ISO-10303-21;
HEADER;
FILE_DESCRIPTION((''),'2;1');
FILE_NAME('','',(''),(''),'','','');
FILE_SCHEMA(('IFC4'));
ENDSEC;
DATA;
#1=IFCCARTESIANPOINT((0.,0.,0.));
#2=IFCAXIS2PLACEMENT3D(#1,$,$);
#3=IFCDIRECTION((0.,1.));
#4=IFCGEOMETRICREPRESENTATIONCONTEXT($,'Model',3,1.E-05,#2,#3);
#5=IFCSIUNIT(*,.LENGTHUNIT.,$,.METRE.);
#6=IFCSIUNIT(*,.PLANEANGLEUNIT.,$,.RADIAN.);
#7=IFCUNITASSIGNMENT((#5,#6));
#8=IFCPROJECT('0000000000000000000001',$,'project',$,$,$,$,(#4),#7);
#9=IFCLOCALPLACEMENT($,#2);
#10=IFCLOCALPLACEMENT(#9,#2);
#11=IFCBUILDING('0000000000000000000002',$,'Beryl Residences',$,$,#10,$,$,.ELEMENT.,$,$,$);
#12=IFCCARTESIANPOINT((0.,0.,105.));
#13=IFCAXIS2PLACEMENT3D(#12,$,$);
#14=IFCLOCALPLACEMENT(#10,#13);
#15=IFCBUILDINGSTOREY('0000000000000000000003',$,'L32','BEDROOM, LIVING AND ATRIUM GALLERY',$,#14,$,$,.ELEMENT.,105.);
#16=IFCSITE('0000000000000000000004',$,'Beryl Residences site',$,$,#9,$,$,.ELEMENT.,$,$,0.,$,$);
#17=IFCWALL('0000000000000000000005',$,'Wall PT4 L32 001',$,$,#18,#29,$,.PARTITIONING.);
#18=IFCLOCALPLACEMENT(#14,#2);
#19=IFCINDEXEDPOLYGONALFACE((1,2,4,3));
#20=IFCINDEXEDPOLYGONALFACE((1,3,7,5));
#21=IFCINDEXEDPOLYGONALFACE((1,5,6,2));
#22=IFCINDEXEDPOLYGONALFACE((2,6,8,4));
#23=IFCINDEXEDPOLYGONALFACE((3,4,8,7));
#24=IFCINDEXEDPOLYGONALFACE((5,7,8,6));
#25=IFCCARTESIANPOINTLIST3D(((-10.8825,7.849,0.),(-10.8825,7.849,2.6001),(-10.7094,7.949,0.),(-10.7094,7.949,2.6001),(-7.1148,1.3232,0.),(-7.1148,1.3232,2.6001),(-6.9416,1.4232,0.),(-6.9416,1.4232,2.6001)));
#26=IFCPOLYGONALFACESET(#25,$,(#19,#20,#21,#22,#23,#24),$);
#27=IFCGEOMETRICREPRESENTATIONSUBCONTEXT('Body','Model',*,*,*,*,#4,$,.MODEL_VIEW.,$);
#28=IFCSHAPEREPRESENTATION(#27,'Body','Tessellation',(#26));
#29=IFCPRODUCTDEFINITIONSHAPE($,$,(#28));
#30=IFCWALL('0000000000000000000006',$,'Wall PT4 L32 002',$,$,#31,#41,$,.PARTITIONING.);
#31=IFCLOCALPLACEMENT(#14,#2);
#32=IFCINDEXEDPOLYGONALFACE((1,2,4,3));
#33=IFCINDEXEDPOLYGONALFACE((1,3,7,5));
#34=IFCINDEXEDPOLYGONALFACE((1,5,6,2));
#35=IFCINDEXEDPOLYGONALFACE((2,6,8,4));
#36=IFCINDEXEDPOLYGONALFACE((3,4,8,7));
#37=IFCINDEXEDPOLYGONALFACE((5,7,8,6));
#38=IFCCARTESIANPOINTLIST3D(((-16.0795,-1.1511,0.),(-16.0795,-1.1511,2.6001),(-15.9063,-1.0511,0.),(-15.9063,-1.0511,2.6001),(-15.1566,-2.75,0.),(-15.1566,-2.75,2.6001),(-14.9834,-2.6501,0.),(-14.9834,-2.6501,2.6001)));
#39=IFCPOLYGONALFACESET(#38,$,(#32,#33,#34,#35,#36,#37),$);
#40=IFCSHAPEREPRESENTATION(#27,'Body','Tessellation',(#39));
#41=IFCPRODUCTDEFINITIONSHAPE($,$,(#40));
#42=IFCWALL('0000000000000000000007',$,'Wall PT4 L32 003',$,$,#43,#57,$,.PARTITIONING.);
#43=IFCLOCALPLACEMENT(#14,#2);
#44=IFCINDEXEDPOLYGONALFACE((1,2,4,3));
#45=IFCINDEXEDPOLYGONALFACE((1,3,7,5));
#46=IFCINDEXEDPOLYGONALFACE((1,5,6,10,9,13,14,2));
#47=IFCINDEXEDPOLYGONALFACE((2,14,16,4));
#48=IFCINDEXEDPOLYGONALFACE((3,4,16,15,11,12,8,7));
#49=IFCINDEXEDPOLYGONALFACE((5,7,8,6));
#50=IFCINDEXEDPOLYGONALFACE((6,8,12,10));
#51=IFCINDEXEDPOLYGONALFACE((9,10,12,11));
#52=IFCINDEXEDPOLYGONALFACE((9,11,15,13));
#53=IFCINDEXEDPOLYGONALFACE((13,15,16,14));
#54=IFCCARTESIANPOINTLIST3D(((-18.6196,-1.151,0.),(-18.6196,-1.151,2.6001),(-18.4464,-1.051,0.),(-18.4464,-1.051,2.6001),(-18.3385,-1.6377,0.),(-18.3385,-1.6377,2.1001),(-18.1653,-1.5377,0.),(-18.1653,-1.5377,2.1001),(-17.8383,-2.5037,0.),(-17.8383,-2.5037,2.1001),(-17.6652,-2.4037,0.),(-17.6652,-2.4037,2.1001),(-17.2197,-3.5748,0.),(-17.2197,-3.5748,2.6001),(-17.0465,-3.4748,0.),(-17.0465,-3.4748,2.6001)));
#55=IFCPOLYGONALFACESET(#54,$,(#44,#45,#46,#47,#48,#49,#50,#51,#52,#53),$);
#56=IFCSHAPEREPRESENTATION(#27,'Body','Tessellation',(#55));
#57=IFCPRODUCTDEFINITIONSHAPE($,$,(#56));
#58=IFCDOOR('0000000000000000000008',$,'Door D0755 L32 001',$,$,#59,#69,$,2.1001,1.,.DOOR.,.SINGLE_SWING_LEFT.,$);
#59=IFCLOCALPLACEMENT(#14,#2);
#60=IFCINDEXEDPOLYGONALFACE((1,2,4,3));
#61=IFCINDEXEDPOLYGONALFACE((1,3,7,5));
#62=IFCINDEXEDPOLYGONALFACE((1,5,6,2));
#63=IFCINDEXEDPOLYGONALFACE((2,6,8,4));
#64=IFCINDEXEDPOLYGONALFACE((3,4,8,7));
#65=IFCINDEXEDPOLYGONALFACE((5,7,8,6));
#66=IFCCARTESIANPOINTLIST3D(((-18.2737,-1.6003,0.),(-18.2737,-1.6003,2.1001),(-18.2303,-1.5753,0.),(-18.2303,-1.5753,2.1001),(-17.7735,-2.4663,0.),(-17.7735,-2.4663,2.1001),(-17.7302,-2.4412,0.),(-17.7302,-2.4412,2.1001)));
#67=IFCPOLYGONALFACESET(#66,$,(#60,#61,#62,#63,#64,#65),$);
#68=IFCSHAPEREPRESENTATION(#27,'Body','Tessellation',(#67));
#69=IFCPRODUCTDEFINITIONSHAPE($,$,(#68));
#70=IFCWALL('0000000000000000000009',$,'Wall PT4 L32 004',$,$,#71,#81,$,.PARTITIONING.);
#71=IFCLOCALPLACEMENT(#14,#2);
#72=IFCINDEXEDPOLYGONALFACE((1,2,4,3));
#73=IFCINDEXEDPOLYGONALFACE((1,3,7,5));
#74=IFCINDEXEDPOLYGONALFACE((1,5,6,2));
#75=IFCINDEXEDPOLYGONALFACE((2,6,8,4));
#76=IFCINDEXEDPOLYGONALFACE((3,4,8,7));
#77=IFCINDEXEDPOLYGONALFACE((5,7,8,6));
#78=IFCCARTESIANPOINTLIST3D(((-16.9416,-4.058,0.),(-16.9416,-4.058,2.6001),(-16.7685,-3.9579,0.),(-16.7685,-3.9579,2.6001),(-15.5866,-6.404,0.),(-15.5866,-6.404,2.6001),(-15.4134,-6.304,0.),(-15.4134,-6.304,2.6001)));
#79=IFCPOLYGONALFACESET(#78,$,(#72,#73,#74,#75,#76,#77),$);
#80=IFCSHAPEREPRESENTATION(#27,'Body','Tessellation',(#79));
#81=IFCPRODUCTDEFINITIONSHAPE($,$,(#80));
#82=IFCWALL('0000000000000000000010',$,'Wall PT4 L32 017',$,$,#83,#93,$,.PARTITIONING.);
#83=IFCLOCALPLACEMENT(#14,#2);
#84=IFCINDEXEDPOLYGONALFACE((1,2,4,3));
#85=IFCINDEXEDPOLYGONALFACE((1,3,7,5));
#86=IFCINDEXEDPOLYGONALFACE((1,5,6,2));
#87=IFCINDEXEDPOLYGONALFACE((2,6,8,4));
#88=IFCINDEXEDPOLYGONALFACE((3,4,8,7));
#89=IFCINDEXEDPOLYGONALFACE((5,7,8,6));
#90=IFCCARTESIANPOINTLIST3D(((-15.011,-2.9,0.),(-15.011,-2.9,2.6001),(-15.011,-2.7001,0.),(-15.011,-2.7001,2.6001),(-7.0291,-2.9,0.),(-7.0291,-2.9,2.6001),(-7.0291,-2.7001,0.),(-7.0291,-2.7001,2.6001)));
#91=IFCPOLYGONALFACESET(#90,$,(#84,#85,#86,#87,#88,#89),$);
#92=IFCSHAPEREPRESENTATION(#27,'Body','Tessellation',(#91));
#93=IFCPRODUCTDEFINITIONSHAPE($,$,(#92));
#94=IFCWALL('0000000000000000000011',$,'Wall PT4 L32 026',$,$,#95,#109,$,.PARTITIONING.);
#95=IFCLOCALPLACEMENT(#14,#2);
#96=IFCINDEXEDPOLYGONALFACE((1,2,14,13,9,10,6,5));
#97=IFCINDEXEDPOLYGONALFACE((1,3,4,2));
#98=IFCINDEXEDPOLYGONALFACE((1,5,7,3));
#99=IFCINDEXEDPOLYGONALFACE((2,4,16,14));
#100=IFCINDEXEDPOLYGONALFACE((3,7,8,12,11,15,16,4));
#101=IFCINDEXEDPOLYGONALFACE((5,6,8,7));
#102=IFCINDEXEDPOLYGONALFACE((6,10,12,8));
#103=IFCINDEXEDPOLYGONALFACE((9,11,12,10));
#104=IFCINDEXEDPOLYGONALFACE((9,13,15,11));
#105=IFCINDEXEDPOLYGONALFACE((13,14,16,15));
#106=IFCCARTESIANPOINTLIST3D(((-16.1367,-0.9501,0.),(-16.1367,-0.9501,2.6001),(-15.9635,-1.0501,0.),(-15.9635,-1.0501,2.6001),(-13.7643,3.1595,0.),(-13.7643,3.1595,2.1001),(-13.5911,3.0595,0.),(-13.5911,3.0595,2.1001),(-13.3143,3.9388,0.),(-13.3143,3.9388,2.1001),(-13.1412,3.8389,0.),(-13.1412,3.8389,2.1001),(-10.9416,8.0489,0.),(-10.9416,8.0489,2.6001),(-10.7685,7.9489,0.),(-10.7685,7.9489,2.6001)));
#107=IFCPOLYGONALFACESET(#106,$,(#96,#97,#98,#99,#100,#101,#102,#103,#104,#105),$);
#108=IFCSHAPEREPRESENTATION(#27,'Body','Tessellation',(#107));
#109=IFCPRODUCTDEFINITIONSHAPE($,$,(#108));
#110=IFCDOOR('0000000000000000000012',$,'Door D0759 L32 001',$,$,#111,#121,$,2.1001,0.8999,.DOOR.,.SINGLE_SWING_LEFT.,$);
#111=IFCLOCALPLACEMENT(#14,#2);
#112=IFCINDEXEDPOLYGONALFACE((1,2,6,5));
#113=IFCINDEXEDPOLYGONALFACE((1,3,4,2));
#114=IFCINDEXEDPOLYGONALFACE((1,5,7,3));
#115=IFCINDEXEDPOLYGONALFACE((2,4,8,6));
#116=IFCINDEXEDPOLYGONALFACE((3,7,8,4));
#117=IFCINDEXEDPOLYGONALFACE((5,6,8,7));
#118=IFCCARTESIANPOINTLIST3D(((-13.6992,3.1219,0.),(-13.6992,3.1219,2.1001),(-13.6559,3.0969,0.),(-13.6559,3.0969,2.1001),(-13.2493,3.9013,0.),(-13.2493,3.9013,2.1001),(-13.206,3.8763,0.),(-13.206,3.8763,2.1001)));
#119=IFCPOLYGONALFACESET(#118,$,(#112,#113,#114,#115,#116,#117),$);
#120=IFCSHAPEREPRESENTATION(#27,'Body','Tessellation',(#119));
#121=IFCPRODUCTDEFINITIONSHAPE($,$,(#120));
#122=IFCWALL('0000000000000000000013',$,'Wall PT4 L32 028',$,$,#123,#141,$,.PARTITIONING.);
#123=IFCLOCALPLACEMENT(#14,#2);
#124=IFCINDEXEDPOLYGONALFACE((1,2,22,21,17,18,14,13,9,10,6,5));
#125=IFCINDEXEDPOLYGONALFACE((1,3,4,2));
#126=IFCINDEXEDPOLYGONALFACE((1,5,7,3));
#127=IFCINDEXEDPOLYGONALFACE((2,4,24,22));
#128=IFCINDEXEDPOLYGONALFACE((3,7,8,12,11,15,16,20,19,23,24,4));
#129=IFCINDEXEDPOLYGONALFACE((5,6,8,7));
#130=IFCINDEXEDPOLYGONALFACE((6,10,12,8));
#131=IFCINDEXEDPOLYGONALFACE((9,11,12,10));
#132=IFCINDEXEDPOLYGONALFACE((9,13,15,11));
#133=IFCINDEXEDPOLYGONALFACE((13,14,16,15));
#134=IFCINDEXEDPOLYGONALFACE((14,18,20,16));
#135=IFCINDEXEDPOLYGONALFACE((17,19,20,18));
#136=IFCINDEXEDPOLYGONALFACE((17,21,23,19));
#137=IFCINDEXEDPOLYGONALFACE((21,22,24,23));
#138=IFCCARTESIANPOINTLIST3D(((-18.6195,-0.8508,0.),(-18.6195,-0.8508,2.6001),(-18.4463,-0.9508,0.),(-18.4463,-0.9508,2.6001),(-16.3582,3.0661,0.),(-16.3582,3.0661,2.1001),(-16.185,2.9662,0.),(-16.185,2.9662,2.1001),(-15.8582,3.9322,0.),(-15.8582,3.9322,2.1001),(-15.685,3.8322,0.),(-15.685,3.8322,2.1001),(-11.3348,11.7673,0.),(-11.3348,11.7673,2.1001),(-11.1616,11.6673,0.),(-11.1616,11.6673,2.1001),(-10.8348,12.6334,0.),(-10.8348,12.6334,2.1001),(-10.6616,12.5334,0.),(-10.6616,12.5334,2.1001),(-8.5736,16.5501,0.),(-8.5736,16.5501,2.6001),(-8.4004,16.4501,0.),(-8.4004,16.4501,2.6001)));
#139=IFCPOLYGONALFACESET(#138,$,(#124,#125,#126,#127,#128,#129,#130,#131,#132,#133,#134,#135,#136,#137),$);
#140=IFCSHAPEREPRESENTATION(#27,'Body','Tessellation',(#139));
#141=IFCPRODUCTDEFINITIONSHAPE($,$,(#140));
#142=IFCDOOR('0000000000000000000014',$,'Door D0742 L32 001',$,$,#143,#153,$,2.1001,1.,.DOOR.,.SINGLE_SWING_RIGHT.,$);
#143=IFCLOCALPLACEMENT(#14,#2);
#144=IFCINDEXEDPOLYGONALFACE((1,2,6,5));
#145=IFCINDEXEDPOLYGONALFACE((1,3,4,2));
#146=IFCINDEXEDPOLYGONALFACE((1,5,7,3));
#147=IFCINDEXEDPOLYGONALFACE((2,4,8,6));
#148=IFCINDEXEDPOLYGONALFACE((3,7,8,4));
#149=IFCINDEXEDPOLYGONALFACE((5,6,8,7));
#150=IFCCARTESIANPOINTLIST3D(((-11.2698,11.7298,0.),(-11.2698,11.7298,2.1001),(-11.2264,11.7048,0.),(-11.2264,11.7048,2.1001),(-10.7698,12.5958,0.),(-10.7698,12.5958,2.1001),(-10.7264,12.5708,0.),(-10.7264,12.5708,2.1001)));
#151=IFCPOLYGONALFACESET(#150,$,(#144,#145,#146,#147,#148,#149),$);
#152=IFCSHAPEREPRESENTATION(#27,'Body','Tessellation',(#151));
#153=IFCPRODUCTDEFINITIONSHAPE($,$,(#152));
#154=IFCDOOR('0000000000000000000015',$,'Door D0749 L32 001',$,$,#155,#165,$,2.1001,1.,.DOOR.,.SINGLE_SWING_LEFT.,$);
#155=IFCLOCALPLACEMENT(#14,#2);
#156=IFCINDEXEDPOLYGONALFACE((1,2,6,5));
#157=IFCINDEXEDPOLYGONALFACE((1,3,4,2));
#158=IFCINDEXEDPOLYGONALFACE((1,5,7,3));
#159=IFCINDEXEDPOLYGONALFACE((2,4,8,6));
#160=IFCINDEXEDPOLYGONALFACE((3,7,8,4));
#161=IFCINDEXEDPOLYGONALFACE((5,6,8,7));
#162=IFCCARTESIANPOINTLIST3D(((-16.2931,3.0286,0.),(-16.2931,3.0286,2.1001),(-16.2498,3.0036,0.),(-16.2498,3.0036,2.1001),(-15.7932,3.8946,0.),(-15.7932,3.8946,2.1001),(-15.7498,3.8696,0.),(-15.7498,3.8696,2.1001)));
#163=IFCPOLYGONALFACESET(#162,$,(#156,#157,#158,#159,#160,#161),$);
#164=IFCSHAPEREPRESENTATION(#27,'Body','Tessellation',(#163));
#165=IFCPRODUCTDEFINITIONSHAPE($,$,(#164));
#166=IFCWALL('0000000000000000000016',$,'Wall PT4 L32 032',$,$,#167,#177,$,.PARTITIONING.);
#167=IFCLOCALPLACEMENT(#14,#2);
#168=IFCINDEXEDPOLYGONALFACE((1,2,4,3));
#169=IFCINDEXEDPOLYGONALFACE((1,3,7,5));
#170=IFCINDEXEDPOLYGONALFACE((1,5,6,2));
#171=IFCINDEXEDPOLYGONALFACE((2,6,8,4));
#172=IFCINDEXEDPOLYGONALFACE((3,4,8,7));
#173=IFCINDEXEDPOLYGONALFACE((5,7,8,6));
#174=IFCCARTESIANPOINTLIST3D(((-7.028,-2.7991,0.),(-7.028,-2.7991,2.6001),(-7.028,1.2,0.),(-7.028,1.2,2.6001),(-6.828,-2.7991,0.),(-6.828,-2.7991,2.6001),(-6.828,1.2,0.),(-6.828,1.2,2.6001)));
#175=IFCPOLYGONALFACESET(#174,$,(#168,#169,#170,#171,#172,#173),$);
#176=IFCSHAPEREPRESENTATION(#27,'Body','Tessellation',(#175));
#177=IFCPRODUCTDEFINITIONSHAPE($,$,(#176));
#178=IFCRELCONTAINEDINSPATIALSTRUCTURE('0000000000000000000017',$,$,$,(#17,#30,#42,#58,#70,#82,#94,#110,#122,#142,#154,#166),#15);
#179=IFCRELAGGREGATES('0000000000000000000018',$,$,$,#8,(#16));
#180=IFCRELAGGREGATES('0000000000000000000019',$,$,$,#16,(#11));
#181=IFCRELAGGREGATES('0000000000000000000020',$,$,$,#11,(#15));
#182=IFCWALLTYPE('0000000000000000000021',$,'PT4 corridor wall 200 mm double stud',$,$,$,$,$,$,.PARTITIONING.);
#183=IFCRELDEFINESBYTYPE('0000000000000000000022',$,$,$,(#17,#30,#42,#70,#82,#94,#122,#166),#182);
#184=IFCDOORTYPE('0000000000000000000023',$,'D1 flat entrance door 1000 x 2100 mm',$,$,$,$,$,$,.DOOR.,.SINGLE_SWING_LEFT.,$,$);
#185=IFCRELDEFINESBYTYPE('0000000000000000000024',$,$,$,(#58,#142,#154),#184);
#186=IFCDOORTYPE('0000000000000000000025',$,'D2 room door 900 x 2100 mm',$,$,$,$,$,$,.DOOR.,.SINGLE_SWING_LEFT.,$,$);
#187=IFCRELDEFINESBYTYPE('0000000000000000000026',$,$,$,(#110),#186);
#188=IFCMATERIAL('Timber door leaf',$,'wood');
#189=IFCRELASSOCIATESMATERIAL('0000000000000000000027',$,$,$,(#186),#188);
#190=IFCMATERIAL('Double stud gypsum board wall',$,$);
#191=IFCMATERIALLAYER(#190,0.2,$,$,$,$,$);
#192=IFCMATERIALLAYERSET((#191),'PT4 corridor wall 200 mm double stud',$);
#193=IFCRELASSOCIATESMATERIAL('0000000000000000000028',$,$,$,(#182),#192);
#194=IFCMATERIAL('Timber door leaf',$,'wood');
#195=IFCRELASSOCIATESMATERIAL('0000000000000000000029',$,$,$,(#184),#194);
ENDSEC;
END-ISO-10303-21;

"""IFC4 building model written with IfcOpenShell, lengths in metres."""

from ifc_helpers import new_model, si_unit, direction, frame, frame_2d, origin, place, context, subcontext, project, spatial, rectangle, extrude, material, layer, layer_set, type_object, element, fill, save


model = new_model("IFC4")

# Units and contexts
model_context = context("Model", 3, precision=1e-05, world=origin(), true_north=direction((0.0, 1.0)))
body_context = subcontext(model_context, "Body", "Model", "MODEL_VIEW")
ifc_project = project(units=[si_unit("LENGTHUNIT", "METRE"), si_unit("PLANEANGLEUNIT", "RADIAN")], contexts=[model_context])

# Site, building, storey
site_placement = place(None, origin())
site = spatial("IfcSite", under=ifc_project, at=site_placement, Name="Beryl Residences site", CompositionType="ELEMENT", RefElevation=0.0)
building_placement = place(site_placement, origin())
building = spatial("IfcBuilding", under=site, at=building_placement, Name="Beryl Residences", CompositionType="ELEMENT")
storey_placement = place(building_placement, frame((0.0, 0.0, 105.0)))
storey = spatial("IfcBuildingStorey", under=building, at=storey_placement, Name="L32", Description="BEDROOM, LIVING AND ATRIUM GALLERY", CompositionType="ELEMENT", Elevation=105.0)

# Shared definitions
ifc_material_1 = material(Name="Timber door leaf", Category="wood")
door_type_1 = type_object("IfcDoorType", Name="D2 room door 900 x 2100 mm", OperationType="SINGLE_SWING_LEFT", PredefinedType="DOOR", material=ifc_material_1)

# Walls
ifc_material_2 = material(Name="Double stud gypsum board wall")
ifc_layer_1 = layer(ifc_material_2, 0.2)
ifc_layer_set_1 = layer_set([ifc_layer_1], Name="PT4 corridor wall 200 mm double stud")
wall_type_1 = type_object("IfcWallType", Name="PT4 corridor wall 200 mm double stud", PredefinedType="PARTITIONING", material=ifc_layer_set_1)
wall_1_placement = place(storey_placement, frame((-10.7959, 7.8989, 0.0), z_axis=(0.0, 0.0, 1.0), x_axis=(0.50001, -0.866019, 0.0)))
element("IfcWall", 1, at=wall_1_placement, inside=storey, type_object=wall_type_1, Name="Wall PT4 L32 001", PredefinedType="PARTITIONING", context=body_context, shape_type="SweptSolid", body=[
    extrude(rectangle(XDim=7.5354, YDim=0.2, at=frame_2d((3.7676, 0.0))), origin(), (0.0, 0.0, 1.0), 2.6001),
])
wall_2_placement = place(storey_placement, frame((-15.9929, -1.1011, 0.0), z_axis=(0.0, 0.0, 1.0), x_axis=(0.499894, -0.866086, 0.0)))
element("IfcWall", 2, at=wall_2_placement, inside=storey, type_object=wall_type_1, Name="Wall PT4 L32 002", PredefinedType="PARTITIONING", context=body_context, shape_type="SweptSolid", body=[
    extrude(rectangle(XDim=1.8462, YDim=0.2, at=frame_2d((0.9231, 0.0))), origin(), (0.0, 0.0, 1.0), 2.6001),
])

# Wall, opening, door
wall_3_placement = place(storey_placement, frame((-18.533, -1.1011, 0.0), z_axis=(0.0, 0.0, 1.0), x_axis=(0.500135, -0.865947, 0.0)))
wall_3 = element("IfcWall", 3, at=wall_3_placement, inside=storey, type_object=wall_type_1, Name="Wall PT4 L32 003", PredefinedType="PARTITIONING", context=body_context, shape_type="SweptSolid", body=[
    extrude(rectangle(XDim=2.7991, YDim=0.2, at=frame_2d((1.3994, 0.0))), origin(), (0.0, 0.0, 1.0), 2.6001),
])
opening_1_placement = place(wall_3_placement, frame((0.562, 0.0, 0.0)))
opening_1 = element("IfcOpeningElement", 4, at=opening_1_placement, cuts=wall_3, PredefinedType="OPENING", context=body_context, shape_type="SweptSolid", body=[
    extrude(rectangle(XDim=1.0, YDim=2.1001, at=frame_2d((0.5, 1.05))), frame((0.0, 0.1099, 0.0), z_axis=(0.0, -1.0, 0.0), x_axis=(1.0, 0.0, 0.0)), (0.0, 0.0, 1.0), 0.22),
])
ifc_material_3 = material(Name="Timber door leaf", Category="wood")
door_type_2 = type_object("IfcDoorType", Name="D1 flat entrance door 1000 x 2100 mm", OperationType="SINGLE_SWING_LEFT", PredefinedType="DOOR", material=ifc_material_3)
door_1_placement = place(opening_1_placement, origin())
door_1 = element("IfcDoor", 5, at=door_1_placement, inside=storey, type_object=door_type_2, Name="Door D0755 L32 001", OperationType="SINGLE_SWING_LEFT", OverallHeight=2.1001, OverallWidth=1.0, PredefinedType="DOOR", context=body_context, shape_type="SweptSolid", body=[
    extrude(rectangle(XDim=1.0, YDim=2.1001, at=frame_2d((0.5, 1.05))), frame((0.0, 0.0249, 0.0), z_axis=(0.0, -1.0, 0.0), x_axis=(1.0, 0.0, 0.0)), (0.0, 0.0, 1.0), 0.05),
])
fill(opening_1, door_1)

# Walls
wall_4_placement = place(storey_placement, frame((-16.855, -4.0081, 0.0), z_axis=(0.0, 0.0, 1.0), x_axis=(0.500151, -0.865938, 0.0)))
element("IfcWall", 6, at=wall_4_placement, inside=storey, type_object=wall_type_1, Name="Wall PT4 L32 004", PredefinedType="PARTITIONING", context=body_context, shape_type="SweptSolid", body=[
    extrude(rectangle(XDim=2.7092, YDim=0.2, at=frame_2d((1.3545, 0.0))), origin(), (0.0, 0.0, 1.0), 2.6001),
])
wall_5_placement = place(storey_placement, frame((-15.011, -2.8, 0.0), z_axis=(0.0, 0.0, 1.0), x_axis=(1.0, 0.0, 0.0)))
element("IfcWall", 7, at=wall_5_placement, inside=storey, type_object=wall_type_1, Name="Wall PT4 L32 017", PredefinedType="PARTITIONING", context=body_context, shape_type="SweptSolid", body=[
    extrude(rectangle(XDim=7.9819, YDim=0.2, at=frame_2d((3.991, 0.0))), origin(), (0.0, 0.0, 1.0), 2.6001),
])

# Wall, opening, door
wall_6_placement = place(storey_placement, frame((-16.05, -1.0, 0.0), z_axis=(0.0, 0.0, 1.0), x_axis=(0.499962, 0.866047, 0.0)))
wall_6 = element("IfcWall", 8, at=wall_6_placement, inside=storey, type_object=wall_type_1, Name="Wall PT4 L32 026", PredefinedType="PARTITIONING", context=body_context, shape_type="SweptSolid", body=[
    extrude(rectangle(XDim=10.3909, YDim=0.2, at=frame_2d((5.1953, 0.0))), origin(), (0.0, 0.0, 1.0), 2.6001),
])
opening_2_placement = place(wall_6_placement, frame((4.7451, 0.0, 0.0)))
opening_2 = element("IfcOpeningElement", 9, at=opening_2_placement, cuts=wall_6, PredefinedType="OPENING", context=body_context, shape_type="SweptSolid", body=[
    extrude(rectangle(XDim=0.8999, YDim=2.1001, at=frame_2d((0.45, 1.05))), frame((0.0, 0.1099, 0.0), z_axis=(0.0, -1.0, 0.0), x_axis=(1.0, 0.0, 0.0)), (0.0, 0.0, 1.0), 0.22),
])
door_2_placement = place(opening_2_placement, origin())
door_2 = element("IfcDoor", 10, at=door_2_placement, inside=storey, type_object=door_type_1, Name="Door D0759 L32 001", OperationType="SINGLE_SWING_LEFT", OverallHeight=2.1001, OverallWidth=0.8999, PredefinedType="DOOR", context=body_context, shape_type="SweptSolid", body=[
    extrude(rectangle(XDim=0.8999, YDim=2.1001, at=frame_2d((0.45, 1.05))), frame((0.0, 0.0249, 0.0), z_axis=(0.0, -1.0, 0.0), x_axis=(1.0, 0.0, 0.0)), (0.0, 0.0, 1.0), 0.05),
])
fill(opening_2, door_2)

# Wall, openings, doors
wall_7_placement = place(storey_placement, frame((-18.533, -0.9009, 0.0), z_axis=(0.0, 0.0, 1.0), x_axis=(0.499981, 0.866036, 0.0)))
wall_7 = element("IfcWall", 11, at=wall_7_placement, inside=storey, type_object=wall_type_1, Name="Wall PT4 L32 028", PredefinedType="PARTITIONING", context=body_context, shape_type="SweptSolid", body=[
    extrude(rectangle(XDim=20.0925, YDim=0.2, at=frame_2d((10.0464, 0.0))), origin(), (0.0, 0.0, 1.0), 2.6001),
])
opening_3_placement = place(wall_7_placement, frame((14.5701, 0.0, 0.0)))
opening_3 = element("IfcOpeningElement", 12, at=opening_3_placement, cuts=wall_7, PredefinedType="OPENING", context=body_context, shape_type="SweptSolid", body=[
    extrude(rectangle(XDim=1.0, YDim=2.1001, at=frame_2d((0.5, 1.05))), frame((0.0, 0.1099, 0.0), z_axis=(0.0, -1.0, 0.0), x_axis=(1.0, 0.0, 0.0)), (0.0, 0.0, 1.0), 0.22),
])
opening_4_placement = place(wall_7_placement, frame((4.5229, 0.0, 0.0)))
opening_4 = element("IfcOpeningElement", 13, at=opening_4_placement, cuts=wall_7, PredefinedType="OPENING", context=body_context, shape_type="SweptSolid", body=[
    extrude(rectangle(XDim=1.0, YDim=2.1001, at=frame_2d((0.5, 1.05))), frame((0.0, 0.1099, 0.0), z_axis=(0.0, -1.0, 0.0), x_axis=(1.0, 0.0, 0.0)), (0.0, 0.0, 1.0), 0.22),
])
door_3_placement = place(opening_3_placement, origin())
door_3 = element("IfcDoor", 14, at=door_3_placement, inside=storey, type_object=door_type_2, Name="Door D0742 L32 001", OperationType="SINGLE_SWING_RIGHT", OverallHeight=2.1001, OverallWidth=1.0, PredefinedType="DOOR", context=body_context, shape_type="SweptSolid", body=[
    extrude(rectangle(XDim=1.0, YDim=2.1001, at=frame_2d((0.5, 1.05))), frame((0.0, 0.0249, 0.0), z_axis=(0.0, -1.0, 0.0), x_axis=(1.0, 0.0, 0.0)), (0.0, 0.0, 1.0), 0.05),
])
fill(opening_3, door_3)
door_4_placement = place(opening_4_placement, origin())
door_4 = element("IfcDoor", 15, at=door_4_placement, inside=storey, type_object=door_type_2, Name="Door D0749 L32 001", OperationType="SINGLE_SWING_LEFT", OverallHeight=2.1001, OverallWidth=1.0, PredefinedType="DOOR", context=body_context, shape_type="SweptSolid", body=[
    extrude(rectangle(XDim=1.0, YDim=2.1001, at=frame_2d((0.5, 1.05))), frame((0.0, 0.0249, 0.0), z_axis=(0.0, -1.0, 0.0), x_axis=(1.0, 0.0, 0.0)), (0.0, 0.0, 1.0), 0.05),
])
fill(opening_4, door_4)

# Wall
wall_8_placement = place(storey_placement, frame((-6.928, -2.7991, 0.0), z_axis=(0.0, 0.0, 1.0), x_axis=(0.0, 1.0, 0.0)))
element("IfcWall", 16, at=wall_8_placement, inside=storey, type_object=wall_type_1, Name="Wall PT4 L32 032", PredefinedType="PARTITIONING", context=body_context, shape_type="SweptSolid", body=[
    extrude(rectangle(XDim=3.999, YDim=0.2, at=frame_2d((1.9995, 0.0))), origin(), (0.0, 0.0, 1.0), 2.6001),
])

save(model, "model.ifc")
